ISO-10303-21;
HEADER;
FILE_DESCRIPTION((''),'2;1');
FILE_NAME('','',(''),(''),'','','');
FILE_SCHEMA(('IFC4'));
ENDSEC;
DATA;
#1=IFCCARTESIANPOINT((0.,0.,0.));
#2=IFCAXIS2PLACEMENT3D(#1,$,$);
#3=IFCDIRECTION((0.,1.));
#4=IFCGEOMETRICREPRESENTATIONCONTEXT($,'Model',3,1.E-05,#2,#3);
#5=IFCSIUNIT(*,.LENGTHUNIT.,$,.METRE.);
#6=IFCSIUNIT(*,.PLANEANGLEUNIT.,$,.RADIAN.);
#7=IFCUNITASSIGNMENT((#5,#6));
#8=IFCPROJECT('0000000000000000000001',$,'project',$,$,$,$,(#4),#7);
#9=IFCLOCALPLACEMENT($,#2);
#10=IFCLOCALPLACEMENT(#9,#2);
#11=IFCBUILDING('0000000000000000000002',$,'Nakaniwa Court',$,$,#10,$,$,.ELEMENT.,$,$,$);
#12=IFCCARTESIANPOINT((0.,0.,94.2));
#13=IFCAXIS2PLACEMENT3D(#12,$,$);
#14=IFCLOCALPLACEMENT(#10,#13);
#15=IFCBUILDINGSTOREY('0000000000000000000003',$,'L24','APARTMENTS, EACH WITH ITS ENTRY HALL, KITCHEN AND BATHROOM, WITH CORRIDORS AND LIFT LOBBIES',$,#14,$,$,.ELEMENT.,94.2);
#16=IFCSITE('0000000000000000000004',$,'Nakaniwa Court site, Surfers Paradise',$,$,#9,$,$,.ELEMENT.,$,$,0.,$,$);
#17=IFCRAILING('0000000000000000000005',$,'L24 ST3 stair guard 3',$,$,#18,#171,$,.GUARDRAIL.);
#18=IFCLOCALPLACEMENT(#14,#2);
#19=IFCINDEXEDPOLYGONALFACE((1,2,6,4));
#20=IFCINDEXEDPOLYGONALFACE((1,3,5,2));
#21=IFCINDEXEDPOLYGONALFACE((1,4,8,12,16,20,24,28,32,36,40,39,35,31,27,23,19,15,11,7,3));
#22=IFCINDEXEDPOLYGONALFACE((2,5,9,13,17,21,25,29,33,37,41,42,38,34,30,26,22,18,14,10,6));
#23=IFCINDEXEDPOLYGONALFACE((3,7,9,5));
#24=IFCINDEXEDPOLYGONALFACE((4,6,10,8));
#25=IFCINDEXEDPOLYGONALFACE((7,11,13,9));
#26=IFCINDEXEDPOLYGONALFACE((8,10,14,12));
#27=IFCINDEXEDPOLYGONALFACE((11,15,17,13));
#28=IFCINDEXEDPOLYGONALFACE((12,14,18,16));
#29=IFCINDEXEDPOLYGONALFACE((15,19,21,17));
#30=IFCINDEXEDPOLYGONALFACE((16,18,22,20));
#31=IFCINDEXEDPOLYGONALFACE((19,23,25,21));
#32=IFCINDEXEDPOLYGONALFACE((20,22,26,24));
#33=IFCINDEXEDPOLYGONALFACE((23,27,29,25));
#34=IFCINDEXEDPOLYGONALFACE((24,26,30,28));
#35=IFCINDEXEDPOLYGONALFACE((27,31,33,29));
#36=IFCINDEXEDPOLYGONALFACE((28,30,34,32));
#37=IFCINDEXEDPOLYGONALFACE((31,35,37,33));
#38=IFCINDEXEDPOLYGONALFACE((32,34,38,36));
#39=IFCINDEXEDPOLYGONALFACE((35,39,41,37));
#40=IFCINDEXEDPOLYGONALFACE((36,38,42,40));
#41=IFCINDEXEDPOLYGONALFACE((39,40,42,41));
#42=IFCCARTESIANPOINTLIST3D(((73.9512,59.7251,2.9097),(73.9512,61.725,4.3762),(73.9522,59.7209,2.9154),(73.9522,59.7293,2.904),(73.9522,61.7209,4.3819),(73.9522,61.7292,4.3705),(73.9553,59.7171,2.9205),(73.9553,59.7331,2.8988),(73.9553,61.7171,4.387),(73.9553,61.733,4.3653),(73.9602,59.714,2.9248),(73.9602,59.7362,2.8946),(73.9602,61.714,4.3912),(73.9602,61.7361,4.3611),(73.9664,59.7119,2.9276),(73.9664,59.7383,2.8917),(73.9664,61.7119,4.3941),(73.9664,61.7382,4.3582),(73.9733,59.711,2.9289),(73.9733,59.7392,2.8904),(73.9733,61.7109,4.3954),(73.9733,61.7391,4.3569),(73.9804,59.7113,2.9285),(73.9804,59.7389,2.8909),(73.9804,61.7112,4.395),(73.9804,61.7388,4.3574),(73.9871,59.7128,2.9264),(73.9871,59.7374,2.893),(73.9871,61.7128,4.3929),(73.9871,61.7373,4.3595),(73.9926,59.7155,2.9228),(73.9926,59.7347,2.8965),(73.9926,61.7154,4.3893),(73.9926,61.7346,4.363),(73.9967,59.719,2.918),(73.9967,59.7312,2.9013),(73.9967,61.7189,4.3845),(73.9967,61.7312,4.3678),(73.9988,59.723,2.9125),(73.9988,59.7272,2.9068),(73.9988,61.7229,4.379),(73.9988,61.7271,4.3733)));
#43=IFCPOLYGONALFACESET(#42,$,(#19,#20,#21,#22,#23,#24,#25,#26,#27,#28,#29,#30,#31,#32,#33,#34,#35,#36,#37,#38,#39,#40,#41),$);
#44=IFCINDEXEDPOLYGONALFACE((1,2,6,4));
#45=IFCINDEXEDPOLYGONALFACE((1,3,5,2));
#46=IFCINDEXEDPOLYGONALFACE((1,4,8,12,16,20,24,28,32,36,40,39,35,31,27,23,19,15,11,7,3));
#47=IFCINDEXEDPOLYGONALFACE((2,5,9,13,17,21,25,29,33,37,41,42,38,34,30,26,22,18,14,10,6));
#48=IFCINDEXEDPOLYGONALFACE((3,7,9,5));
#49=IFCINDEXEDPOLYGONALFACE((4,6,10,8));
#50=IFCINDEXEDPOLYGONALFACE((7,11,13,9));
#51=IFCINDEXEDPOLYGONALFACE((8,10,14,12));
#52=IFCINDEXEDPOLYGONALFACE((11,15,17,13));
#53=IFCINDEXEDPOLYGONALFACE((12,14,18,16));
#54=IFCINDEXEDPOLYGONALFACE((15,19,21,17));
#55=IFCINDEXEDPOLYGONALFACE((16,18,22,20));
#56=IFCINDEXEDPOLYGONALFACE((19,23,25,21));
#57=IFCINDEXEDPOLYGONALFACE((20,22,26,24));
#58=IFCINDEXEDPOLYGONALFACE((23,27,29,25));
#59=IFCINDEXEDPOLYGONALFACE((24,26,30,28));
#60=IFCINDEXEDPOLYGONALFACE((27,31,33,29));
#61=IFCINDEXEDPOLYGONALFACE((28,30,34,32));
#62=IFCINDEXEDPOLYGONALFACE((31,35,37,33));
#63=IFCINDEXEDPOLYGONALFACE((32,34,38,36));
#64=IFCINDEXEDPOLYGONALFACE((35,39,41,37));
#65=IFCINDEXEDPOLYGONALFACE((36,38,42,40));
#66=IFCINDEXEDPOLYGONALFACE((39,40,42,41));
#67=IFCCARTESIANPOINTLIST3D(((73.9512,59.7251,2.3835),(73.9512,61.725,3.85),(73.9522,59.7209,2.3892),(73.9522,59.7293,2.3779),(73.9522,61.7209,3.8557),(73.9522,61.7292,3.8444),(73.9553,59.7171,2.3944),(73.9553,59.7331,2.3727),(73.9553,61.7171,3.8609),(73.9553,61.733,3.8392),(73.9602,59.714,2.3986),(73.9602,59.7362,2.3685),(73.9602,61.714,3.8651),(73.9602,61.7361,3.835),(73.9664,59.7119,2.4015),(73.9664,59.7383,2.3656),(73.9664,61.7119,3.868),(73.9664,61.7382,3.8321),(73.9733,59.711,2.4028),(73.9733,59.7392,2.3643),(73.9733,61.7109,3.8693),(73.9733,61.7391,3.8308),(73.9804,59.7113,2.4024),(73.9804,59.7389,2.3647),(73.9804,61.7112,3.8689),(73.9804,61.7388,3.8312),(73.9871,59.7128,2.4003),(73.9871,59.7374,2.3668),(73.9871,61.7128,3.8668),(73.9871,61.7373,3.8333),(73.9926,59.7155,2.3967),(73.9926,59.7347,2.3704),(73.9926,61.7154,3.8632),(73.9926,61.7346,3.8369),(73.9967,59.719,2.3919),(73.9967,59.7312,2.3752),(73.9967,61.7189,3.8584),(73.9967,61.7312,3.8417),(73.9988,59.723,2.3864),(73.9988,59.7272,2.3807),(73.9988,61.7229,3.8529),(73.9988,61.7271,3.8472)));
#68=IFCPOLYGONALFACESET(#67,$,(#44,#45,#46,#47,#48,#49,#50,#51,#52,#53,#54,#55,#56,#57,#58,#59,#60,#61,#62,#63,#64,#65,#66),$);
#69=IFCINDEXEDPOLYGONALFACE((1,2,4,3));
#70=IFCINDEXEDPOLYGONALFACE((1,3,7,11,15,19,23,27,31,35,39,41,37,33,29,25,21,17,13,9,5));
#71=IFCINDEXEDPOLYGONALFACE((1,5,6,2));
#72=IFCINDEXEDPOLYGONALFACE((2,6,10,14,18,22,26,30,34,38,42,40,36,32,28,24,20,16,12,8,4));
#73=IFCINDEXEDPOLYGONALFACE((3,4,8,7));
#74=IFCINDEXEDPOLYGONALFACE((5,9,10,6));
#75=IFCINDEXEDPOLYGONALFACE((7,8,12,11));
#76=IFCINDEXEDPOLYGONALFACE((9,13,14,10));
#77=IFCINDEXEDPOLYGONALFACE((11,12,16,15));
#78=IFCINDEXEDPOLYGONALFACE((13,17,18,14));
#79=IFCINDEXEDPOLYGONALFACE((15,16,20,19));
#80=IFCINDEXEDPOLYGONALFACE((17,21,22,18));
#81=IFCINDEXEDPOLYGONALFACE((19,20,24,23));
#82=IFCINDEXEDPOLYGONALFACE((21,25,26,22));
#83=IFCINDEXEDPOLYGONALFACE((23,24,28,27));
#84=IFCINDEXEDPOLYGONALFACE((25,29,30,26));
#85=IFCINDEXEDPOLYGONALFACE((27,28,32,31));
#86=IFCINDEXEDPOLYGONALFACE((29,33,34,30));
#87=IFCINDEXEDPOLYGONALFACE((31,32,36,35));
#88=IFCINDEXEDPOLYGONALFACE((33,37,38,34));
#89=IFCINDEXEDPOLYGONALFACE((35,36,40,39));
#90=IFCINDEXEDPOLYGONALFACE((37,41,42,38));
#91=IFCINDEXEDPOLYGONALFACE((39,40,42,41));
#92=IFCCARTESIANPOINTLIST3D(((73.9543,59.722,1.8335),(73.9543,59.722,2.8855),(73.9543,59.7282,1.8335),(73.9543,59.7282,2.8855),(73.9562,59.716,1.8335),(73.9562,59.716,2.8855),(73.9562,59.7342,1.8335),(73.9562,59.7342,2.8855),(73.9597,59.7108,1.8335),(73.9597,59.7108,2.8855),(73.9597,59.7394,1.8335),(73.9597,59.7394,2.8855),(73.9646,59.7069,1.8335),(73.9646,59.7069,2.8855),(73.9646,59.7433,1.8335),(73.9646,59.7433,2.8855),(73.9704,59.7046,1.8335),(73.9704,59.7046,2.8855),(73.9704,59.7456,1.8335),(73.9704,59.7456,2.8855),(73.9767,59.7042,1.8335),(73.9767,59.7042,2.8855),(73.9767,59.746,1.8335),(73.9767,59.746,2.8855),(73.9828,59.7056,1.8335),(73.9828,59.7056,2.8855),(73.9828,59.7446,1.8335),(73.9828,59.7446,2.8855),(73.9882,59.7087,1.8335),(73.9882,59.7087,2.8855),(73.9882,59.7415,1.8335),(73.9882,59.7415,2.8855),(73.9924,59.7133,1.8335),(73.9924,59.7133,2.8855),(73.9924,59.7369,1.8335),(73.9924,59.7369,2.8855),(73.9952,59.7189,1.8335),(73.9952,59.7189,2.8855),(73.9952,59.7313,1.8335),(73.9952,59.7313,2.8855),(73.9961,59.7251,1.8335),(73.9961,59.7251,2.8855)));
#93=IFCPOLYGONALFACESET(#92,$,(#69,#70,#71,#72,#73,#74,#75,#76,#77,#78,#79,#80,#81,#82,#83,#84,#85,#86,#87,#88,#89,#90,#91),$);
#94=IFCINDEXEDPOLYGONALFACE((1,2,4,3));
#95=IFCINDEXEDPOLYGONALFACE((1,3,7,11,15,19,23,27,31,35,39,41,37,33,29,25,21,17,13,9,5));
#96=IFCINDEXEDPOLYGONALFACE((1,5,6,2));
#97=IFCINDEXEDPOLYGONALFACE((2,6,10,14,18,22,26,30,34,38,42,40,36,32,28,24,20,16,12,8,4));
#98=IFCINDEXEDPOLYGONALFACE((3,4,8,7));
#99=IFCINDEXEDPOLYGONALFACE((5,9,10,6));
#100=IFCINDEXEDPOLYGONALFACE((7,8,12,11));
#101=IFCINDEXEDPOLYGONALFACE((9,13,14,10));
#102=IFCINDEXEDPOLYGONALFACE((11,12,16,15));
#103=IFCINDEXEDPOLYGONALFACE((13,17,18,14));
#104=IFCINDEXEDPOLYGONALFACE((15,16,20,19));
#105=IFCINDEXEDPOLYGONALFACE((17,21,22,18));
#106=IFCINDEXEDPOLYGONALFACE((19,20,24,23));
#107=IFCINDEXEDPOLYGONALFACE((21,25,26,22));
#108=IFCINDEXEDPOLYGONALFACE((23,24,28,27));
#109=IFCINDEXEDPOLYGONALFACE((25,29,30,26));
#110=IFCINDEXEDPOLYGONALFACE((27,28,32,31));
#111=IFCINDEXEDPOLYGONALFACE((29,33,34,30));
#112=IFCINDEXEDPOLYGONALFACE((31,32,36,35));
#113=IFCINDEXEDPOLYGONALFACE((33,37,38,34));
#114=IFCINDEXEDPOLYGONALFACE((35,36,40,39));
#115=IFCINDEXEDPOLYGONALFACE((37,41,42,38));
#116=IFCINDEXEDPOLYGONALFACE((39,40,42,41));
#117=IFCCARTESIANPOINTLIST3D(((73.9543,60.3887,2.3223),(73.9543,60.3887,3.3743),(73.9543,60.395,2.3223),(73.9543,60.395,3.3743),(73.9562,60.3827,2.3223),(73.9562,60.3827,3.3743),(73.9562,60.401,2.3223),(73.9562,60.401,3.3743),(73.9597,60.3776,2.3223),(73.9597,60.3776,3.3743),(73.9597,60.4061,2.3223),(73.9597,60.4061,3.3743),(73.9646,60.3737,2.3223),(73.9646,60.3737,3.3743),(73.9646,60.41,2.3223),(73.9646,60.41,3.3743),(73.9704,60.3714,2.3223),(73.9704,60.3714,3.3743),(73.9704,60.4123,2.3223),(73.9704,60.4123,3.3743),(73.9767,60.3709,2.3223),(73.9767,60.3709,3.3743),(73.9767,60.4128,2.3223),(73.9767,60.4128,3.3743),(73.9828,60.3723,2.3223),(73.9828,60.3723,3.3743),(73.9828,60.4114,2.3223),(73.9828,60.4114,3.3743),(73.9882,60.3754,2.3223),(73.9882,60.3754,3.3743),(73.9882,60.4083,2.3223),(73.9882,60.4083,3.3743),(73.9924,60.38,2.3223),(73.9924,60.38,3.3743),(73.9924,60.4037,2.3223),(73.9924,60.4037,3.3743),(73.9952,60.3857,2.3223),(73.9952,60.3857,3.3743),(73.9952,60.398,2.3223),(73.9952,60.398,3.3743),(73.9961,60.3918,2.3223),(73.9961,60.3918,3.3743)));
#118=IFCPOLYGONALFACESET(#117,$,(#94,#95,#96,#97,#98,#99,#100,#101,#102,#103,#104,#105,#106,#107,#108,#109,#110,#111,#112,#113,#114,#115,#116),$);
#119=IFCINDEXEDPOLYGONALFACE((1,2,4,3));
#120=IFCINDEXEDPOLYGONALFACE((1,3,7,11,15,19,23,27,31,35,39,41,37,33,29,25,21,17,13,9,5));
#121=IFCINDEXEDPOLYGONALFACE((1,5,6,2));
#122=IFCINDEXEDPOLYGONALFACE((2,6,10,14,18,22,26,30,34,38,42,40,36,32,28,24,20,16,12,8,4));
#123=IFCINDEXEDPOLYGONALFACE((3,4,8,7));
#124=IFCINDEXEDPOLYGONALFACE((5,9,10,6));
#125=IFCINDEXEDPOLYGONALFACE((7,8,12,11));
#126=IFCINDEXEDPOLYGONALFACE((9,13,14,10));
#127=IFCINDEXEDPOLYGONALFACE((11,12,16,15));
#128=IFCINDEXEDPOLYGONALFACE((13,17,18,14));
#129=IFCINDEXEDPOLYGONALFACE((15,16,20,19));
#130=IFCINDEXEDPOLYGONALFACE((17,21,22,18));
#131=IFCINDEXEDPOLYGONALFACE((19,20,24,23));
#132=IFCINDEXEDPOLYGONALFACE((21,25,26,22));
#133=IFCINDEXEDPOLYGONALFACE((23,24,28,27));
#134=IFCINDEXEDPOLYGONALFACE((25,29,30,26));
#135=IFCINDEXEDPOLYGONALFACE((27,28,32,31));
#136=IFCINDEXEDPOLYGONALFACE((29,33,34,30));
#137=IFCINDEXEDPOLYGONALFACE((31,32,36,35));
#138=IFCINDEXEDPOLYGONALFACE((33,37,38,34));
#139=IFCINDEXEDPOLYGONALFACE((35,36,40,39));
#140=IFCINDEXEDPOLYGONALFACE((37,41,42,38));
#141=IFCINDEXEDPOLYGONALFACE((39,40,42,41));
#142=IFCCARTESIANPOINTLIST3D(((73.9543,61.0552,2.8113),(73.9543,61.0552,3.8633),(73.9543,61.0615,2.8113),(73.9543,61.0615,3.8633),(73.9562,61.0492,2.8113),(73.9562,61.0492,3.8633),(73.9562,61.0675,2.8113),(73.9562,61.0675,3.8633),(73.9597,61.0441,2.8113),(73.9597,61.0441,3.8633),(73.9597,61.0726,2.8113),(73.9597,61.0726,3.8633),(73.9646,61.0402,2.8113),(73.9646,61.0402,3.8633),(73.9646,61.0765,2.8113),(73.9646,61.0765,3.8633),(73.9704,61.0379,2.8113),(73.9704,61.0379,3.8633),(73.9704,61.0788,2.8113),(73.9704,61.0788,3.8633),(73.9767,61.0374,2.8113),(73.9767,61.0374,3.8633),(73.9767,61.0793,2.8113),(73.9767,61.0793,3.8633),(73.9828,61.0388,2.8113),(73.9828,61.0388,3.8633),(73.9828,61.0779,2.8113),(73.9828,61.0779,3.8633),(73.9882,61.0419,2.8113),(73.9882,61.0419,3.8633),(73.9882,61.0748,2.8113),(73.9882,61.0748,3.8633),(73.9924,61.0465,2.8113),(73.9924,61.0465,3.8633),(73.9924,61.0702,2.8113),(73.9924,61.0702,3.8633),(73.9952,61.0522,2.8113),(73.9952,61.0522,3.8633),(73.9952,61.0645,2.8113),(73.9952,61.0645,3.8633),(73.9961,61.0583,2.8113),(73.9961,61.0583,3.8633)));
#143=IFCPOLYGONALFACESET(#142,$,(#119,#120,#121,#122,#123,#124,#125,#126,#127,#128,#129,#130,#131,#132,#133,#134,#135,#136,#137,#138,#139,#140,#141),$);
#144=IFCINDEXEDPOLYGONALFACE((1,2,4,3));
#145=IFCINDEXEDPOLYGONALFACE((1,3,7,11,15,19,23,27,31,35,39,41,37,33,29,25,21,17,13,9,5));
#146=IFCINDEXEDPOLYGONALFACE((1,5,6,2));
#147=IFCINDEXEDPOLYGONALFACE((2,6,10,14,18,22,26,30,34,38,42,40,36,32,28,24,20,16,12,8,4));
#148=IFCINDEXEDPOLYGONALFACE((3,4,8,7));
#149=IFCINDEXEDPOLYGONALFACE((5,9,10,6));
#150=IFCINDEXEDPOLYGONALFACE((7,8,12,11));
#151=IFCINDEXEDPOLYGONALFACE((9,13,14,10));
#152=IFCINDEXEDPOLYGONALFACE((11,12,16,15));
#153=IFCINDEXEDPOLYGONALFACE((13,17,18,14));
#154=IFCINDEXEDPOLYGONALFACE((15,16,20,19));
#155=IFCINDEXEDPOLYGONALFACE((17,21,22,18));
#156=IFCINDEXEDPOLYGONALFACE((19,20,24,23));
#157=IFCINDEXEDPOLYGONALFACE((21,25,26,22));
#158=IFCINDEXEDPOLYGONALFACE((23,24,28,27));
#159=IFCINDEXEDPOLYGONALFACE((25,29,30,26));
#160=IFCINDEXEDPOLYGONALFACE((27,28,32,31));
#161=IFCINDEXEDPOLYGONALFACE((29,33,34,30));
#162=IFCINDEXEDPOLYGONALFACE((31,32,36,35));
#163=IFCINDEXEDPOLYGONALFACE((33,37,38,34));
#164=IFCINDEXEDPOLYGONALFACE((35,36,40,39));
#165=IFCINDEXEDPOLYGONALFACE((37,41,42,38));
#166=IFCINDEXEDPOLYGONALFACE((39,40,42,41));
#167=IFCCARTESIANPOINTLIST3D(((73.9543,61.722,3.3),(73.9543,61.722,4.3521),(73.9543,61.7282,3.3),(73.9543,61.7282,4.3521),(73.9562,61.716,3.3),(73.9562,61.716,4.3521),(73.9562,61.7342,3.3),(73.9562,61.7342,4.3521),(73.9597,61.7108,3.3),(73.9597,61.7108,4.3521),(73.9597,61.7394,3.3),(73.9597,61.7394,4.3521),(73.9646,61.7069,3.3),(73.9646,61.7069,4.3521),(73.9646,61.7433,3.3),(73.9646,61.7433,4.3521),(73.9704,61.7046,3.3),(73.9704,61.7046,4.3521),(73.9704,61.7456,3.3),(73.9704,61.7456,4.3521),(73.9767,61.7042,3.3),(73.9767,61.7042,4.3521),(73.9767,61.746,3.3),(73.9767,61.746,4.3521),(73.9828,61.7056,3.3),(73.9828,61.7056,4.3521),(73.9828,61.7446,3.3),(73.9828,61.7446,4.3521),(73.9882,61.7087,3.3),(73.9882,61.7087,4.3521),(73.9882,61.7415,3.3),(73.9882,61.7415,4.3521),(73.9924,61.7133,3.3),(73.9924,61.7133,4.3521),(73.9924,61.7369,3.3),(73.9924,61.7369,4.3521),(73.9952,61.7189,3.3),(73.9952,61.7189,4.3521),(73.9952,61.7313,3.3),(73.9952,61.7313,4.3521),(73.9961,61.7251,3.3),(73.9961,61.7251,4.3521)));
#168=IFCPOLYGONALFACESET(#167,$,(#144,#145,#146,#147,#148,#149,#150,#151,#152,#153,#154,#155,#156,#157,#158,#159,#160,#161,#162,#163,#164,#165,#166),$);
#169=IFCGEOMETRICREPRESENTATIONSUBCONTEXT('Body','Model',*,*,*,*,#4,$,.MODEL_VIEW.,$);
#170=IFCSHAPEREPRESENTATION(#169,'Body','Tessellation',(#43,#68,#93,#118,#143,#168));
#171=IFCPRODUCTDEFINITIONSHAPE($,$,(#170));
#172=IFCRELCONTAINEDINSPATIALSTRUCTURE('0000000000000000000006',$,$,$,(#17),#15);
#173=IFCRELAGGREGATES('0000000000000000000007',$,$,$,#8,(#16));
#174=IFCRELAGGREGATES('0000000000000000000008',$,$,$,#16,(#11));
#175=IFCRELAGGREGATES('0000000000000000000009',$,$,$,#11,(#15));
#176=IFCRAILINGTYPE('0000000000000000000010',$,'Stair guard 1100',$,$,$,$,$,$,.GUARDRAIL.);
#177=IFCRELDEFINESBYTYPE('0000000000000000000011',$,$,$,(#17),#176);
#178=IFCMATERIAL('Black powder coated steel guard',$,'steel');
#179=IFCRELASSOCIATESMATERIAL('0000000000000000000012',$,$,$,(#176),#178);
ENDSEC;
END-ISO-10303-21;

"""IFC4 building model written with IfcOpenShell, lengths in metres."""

from ifc_helpers import new_model, si_unit, direction, frame, origin, origin_2d, place, context, subcontext, project, spatial, circle, extrude, material, type_object, element, save


model = new_model("IFC4")

# Units and contexts
model_context = context("Model", 3, precision=1e-05, world=origin(), true_north=direction((0.0, 1.0)))
body_context = subcontext(model_context, "Body", "Model", "MODEL_VIEW")
ifc_project = project(units=[si_unit("LENGTHUNIT", "METRE"), si_unit("PLANEANGLEUNIT", "RADIAN")], contexts=[model_context])

# Site, building, storey
site_placement = place(None, origin())
site = spatial("IfcSite", under=ifc_project, at=site_placement, Name="Nakaniwa Court site, Surfers Paradise", CompositionType="ELEMENT", RefElevation=0.0)
building_placement = place(site_placement, origin())
building = spatial("IfcBuilding", under=site, at=building_placement, Name="Nakaniwa Court", CompositionType="ELEMENT")
storey_placement = place(building_placement, frame((0.0, 0.0, 94.2)))
storey = spatial("IfcBuildingStorey", under=building, at=storey_placement, Name="L24", Description="APARTMENTS, EACH WITH ITS ENTRY HALL, KITCHEN AND BATHROOM, WITH CORRIDORS AND LIFT LOBBIES", CompositionType="ELEMENT", Elevation=94.2)

# Railing
ifc_material_1 = material(Name="Black powder coated steel guard", Category="steel")
railing_type_1 = type_object("IfcRailingType", Name="Stair guard 1100", PredefinedType="GUARDRAIL", material=ifc_material_1)
railing_1_placement = place(storey_placement, frame((73.9751, 59.7251, 1.8335)))
element("IfcRailing", 1, at=railing_1_placement, inside=storey, type_object=railing_type_1, Name="L24 ST3 stair guard 3", PredefinedType="GUARDRAIL", context=body_context, shape_type="SweptSolid", body=[
    extrude(circle(Radius=0.0239, at=origin_2d()), frame((0.0, 0.0, 1.0762), z_axis=(0.0, 0.806427, 0.591334), x_axis=(-1.0, 0.0, 0.0)), (0.0, 0.0, 1.0), 2.48),
    extrude(circle(Radius=0.0239, at=origin_2d()), frame((0.0, 0.0, 0.55), z_axis=(0.0, 0.806427, 0.591334), x_axis=(-1.0, 0.0, 0.0)), (0.0, 0.0, 1.0), 2.48),
    extrude(circle(Radius=0.021, at=origin_2d()), origin(), (0.0, 0.0, 1.0), 1.052),
    extrude(circle(Radius=0.021, at=origin_2d()), frame((0.0, 0.6667, 0.4888)), (0.0, 0.0, 1.0), 1.052),
    extrude(circle(Radius=0.021, at=origin_2d()), frame((0.0, 1.3333, 0.9778)), (0.0, 0.0, 1.0), 1.052),
    extrude(circle(Radius=0.021, at=origin_2d()), frame((0.0, 2.0, 1.4666)), (0.0, 0.0, 1.0), 1.052),
])

save(model, "model.ifc")
